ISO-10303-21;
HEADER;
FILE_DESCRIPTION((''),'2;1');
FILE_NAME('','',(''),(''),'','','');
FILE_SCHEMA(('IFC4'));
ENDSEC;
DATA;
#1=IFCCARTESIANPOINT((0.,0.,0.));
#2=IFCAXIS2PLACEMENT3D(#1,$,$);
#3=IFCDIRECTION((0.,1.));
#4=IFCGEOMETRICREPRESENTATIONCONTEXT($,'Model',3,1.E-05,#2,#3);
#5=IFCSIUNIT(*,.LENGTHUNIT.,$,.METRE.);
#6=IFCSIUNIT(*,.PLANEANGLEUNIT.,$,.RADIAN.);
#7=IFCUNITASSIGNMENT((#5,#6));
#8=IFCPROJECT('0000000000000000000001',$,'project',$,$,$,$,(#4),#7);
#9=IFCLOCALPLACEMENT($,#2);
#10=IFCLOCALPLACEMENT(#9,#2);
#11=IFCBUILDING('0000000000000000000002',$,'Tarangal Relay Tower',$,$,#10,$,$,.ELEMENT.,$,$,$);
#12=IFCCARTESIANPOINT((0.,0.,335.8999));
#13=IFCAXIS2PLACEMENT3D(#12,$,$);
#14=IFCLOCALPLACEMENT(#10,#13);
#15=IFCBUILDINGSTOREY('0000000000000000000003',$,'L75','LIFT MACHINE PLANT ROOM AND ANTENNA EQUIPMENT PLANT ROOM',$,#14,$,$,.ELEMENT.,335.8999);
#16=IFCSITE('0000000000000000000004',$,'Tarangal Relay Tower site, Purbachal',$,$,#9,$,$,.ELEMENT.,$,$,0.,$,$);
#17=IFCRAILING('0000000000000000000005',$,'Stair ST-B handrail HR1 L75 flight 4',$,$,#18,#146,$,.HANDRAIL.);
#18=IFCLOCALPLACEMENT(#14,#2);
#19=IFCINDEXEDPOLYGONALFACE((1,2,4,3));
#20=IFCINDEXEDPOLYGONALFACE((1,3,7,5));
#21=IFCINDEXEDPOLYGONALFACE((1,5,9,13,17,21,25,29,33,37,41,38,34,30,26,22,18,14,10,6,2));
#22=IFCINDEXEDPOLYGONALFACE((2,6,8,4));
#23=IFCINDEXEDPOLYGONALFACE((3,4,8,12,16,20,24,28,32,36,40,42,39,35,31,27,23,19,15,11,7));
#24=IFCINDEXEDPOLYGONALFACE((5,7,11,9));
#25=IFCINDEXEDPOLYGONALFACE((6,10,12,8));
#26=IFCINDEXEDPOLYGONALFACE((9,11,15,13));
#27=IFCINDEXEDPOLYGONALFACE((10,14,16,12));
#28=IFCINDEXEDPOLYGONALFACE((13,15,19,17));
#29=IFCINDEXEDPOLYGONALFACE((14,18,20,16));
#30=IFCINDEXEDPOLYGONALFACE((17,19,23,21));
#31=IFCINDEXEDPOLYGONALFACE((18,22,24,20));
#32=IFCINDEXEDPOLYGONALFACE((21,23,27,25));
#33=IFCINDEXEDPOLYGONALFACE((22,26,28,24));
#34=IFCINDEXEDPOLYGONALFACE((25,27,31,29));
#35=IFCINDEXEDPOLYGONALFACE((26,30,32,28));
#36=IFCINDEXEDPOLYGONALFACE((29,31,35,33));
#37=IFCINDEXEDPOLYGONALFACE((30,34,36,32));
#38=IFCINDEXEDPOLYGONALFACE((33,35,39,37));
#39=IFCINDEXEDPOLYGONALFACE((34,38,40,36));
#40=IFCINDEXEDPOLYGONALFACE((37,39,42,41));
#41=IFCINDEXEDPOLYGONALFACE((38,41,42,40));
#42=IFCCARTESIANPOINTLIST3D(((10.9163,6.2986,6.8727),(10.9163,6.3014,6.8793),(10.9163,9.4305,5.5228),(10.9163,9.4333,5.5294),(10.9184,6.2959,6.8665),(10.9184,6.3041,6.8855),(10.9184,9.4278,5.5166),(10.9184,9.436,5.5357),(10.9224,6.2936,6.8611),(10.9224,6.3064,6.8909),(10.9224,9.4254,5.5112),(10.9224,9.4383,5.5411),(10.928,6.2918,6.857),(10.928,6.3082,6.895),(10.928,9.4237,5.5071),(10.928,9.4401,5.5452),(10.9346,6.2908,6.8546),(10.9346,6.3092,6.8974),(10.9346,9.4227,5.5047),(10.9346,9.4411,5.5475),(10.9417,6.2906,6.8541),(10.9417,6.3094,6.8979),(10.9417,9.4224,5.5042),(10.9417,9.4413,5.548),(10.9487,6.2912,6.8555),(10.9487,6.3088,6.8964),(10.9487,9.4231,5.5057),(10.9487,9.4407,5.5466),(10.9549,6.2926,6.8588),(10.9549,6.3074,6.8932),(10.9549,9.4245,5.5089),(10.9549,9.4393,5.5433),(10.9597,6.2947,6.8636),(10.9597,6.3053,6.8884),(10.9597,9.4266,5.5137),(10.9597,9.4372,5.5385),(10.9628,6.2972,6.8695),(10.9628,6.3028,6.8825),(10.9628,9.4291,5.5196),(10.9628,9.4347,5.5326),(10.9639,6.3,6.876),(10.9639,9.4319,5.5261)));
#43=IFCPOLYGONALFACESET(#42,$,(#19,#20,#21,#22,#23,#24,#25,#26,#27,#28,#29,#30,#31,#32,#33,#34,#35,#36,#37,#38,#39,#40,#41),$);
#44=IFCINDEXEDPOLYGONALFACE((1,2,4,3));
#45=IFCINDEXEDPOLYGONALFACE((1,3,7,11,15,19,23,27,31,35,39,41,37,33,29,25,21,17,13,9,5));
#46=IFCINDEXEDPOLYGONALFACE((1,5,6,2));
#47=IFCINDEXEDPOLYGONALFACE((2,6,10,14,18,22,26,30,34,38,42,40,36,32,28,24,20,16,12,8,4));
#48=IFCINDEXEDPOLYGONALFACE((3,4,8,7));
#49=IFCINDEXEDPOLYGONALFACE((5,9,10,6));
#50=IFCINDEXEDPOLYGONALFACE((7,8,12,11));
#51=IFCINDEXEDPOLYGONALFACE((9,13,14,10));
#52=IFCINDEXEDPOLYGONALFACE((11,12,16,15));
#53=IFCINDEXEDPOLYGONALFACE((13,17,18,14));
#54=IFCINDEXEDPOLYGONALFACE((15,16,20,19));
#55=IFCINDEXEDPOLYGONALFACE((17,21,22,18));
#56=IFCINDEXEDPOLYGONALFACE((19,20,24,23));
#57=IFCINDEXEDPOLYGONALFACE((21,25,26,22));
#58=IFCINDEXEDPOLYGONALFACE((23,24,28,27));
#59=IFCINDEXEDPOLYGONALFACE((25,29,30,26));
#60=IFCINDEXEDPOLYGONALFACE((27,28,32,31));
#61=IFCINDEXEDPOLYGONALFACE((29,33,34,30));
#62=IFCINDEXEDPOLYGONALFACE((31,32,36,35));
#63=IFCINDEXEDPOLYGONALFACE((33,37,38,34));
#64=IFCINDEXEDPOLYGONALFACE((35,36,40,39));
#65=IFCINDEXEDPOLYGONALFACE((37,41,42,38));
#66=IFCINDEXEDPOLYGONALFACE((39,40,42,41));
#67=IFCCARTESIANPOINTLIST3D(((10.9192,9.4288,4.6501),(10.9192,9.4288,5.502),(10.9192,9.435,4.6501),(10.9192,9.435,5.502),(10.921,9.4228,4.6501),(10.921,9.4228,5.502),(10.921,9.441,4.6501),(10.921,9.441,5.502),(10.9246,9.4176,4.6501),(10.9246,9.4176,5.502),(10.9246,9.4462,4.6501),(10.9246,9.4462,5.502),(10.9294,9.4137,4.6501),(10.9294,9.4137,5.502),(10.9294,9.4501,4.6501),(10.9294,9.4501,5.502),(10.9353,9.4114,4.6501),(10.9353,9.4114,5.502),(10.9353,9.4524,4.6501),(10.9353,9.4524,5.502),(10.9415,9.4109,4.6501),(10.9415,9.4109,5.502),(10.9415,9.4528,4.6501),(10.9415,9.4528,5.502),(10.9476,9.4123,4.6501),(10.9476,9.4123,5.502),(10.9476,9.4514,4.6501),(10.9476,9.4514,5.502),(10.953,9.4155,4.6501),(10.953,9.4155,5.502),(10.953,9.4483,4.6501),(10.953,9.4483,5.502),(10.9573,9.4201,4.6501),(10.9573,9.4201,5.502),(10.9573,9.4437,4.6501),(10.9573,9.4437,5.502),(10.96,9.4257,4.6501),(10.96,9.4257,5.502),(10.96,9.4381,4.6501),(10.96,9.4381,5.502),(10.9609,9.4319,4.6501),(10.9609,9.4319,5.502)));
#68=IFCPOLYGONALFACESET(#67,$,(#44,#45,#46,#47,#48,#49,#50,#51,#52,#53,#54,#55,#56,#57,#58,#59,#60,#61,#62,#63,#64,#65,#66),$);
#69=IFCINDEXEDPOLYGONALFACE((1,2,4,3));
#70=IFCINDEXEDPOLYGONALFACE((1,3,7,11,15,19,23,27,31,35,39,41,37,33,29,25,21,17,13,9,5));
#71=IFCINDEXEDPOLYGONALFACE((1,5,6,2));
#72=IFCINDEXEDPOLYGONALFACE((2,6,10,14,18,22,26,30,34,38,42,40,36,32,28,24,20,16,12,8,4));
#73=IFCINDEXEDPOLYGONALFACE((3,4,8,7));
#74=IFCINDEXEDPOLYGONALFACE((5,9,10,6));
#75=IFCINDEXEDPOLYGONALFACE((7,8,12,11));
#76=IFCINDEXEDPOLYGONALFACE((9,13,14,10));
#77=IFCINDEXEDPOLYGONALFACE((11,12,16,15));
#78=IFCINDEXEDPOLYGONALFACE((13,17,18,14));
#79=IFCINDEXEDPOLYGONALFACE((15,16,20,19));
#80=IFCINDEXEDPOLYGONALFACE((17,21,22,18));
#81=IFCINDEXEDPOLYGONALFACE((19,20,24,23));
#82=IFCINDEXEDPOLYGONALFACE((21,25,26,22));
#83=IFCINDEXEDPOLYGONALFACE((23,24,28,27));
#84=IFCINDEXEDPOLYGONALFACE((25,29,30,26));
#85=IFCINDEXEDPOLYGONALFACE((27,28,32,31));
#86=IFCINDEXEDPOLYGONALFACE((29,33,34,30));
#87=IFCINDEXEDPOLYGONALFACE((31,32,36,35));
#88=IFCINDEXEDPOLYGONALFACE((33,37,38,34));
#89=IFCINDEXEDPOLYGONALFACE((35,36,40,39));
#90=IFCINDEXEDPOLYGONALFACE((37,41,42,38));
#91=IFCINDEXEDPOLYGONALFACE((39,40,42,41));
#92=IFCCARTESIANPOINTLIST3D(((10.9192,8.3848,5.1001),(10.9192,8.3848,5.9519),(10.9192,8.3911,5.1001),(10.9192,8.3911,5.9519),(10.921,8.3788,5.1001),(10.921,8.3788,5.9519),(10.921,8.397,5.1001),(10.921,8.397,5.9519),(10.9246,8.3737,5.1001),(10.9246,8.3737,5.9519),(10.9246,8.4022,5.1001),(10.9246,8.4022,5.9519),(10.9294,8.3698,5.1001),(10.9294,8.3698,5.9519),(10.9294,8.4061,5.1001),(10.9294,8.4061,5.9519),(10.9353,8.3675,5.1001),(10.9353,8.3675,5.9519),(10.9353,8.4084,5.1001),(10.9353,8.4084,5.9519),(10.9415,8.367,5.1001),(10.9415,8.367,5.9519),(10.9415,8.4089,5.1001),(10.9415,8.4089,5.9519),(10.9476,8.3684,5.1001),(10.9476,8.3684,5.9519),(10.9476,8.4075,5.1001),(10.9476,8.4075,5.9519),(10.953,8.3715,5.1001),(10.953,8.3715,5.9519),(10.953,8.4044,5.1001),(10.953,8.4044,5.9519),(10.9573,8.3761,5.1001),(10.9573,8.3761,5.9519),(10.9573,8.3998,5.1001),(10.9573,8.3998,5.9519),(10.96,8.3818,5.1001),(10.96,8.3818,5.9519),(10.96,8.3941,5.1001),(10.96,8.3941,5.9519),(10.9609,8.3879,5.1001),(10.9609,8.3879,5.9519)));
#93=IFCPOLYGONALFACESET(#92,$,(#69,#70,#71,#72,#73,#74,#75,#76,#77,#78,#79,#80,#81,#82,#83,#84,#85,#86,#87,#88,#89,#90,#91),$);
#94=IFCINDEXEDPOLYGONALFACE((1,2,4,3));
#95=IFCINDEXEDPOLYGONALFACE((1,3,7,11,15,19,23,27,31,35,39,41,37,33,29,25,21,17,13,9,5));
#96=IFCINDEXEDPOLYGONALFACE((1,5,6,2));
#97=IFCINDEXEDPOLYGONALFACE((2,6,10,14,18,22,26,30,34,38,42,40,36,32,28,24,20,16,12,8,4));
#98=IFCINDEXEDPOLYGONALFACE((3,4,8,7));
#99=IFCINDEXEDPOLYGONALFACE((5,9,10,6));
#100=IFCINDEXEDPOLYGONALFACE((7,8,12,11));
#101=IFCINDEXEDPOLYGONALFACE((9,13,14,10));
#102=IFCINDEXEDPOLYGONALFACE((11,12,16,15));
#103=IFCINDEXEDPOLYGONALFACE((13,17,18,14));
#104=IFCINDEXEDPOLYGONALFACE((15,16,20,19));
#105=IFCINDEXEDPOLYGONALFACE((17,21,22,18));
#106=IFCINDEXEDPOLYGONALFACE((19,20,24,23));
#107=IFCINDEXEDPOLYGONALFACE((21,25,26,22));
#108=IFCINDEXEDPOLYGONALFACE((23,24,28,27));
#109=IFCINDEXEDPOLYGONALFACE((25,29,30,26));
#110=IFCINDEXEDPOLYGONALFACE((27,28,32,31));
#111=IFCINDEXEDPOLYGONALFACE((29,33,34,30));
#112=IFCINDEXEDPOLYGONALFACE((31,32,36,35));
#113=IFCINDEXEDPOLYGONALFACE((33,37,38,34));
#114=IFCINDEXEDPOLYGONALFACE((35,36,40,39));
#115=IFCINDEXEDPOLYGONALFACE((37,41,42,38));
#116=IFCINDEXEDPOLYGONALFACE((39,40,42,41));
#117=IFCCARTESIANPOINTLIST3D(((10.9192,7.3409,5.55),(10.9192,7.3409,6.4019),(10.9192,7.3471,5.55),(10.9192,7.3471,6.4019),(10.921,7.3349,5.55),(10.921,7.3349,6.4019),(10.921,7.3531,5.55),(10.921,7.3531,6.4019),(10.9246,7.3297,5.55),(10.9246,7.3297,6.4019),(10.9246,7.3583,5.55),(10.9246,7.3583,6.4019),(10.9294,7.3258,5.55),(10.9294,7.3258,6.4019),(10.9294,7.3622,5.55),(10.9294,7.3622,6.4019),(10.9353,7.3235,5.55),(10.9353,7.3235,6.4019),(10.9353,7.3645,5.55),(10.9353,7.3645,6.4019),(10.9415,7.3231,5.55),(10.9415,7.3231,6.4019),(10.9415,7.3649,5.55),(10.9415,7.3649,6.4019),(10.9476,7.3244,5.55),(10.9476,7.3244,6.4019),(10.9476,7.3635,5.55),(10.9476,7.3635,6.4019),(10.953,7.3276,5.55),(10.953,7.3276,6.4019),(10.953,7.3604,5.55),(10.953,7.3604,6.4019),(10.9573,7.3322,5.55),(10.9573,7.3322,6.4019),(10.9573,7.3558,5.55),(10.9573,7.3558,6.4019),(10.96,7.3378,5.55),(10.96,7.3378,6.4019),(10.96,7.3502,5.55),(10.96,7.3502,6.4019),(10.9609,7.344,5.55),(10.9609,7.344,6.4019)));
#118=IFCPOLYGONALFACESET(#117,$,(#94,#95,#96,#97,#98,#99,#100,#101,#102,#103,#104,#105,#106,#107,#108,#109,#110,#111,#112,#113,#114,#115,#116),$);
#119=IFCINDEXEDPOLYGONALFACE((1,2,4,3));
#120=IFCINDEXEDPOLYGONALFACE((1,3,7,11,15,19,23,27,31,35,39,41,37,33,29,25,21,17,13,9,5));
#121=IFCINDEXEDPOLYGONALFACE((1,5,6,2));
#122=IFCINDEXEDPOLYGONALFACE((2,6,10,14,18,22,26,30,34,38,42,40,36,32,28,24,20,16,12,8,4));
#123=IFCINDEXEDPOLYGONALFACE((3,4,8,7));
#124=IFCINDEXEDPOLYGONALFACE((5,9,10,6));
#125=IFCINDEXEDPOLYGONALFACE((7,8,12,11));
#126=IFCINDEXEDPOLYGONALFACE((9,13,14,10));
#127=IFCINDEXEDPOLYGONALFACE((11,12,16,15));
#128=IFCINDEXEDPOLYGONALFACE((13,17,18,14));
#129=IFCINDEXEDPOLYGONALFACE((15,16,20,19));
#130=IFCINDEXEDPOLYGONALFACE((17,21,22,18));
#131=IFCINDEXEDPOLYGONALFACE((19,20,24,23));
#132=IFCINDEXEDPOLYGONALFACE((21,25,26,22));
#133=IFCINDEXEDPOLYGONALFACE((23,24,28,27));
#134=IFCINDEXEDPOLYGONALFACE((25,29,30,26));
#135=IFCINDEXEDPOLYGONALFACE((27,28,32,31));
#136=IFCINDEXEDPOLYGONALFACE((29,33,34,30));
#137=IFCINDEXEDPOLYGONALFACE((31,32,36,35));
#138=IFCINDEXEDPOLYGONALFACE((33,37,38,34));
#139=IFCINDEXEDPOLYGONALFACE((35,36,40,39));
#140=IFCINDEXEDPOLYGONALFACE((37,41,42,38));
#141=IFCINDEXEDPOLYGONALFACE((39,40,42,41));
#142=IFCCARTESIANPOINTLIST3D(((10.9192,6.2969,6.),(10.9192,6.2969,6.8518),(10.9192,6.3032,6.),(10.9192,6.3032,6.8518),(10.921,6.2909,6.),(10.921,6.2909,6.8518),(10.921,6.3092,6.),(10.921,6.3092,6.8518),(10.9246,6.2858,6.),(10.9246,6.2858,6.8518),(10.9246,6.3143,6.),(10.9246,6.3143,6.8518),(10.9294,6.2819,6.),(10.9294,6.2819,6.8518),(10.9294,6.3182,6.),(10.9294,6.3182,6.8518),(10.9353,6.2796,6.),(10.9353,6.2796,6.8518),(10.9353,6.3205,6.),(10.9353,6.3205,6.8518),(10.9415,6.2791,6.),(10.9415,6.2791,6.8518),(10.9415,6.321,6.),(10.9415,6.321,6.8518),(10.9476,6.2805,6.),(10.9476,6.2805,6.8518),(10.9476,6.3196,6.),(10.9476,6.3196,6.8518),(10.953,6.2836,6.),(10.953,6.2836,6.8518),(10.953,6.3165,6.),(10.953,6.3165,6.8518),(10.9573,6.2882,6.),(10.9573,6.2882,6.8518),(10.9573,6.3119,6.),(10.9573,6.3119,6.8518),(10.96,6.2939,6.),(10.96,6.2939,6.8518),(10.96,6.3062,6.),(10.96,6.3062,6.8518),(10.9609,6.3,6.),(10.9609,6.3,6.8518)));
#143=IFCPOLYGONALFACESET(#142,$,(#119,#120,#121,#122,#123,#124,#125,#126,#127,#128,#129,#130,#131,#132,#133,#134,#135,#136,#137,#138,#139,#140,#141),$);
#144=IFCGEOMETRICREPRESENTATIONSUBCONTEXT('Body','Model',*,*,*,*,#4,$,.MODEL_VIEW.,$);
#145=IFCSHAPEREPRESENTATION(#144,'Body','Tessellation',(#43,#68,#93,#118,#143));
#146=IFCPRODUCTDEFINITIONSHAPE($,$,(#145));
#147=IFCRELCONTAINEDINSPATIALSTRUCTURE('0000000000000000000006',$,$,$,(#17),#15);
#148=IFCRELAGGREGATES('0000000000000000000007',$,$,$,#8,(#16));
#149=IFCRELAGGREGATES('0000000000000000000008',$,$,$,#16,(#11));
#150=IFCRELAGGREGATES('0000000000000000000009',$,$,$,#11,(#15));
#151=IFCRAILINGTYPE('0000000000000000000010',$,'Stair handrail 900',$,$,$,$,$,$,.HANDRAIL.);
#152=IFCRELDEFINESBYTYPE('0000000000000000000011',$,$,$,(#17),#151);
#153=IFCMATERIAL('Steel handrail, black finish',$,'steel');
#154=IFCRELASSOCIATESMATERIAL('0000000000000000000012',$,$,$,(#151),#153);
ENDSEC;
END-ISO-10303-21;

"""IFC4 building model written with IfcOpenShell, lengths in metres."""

from ifc_helpers import new_model, si_unit, direction, frame, origin, origin_2d, place, context, subcontext, project, spatial, circle, extrude, material, type_object, element, save


model = new_model("IFC4")

# Units and contexts
model_context = context("Model", 3, precision=1e-05, world=origin(), true_north=direction((0.0, 1.0)))
body_context = subcontext(model_context, "Body", "Model", "MODEL_VIEW")
ifc_project = project(units=[si_unit("LENGTHUNIT", "METRE"), si_unit("PLANEANGLEUNIT", "RADIAN")], contexts=[model_context])

# Site, building, storey
site_placement = place(None, origin())
site = spatial("IfcSite", under=ifc_project, at=site_placement, Name="Tarangal Relay Tower site, Purbachal", CompositionType="ELEMENT", RefElevation=0.0)
building_placement = place(site_placement, origin())
building = spatial("IfcBuilding", under=site, at=building_placement, Name="Tarangal Relay Tower", CompositionType="ELEMENT")
storey_placement = place(building_placement, frame((0.0, 0.0, 335.8999)))
storey = spatial("IfcBuildingStorey", under=building, at=storey_placement, Name="L75", Description="LIFT MACHINE PLANT ROOM AND ANTENNA EQUIPMENT PLANT ROOM", CompositionType="ELEMENT", Elevation=335.8999)

# Railing
ifc_material_1 = material(Name="Steel handrail, black finish", Category="steel")
railing_type_1 = type_object("IfcRailingType", Name="Stair handrail 900", PredefinedType="HANDRAIL", material=ifc_material_1)
for number, where, name in (
    (1, (10.9399, 9.4319, 4.6501), "Stair ST-B handrail HR1 L75 flight 4"),
):
    element("IfcRailing", number, at=place(storey_placement, frame(where)), inside=storey, type_object=railing_type_1, Name=name, PredefinedType="HANDRAIL", context=body_context, shape_type="SweptSolid", body=[
        extrude(circle(Radius=0.0239, at=origin_2d()), frame((0.0, 0.0, 0.876), z_axis=(0.0, -0.918332, 0.395811), x_axis=(1.0, 0.0, 0.0)), (0.0, 0.0, 1.0), 3.4104),
        extrude(circle(Radius=0.021, at=origin_2d()), origin(), (0.0, 0.0, 1.0), 0.8518),
        extrude(circle(Radius=0.021, at=origin_2d()), frame((0.0, -1.0439, 0.45)), (0.0, 0.0, 1.0), 0.8518),
        extrude(circle(Radius=0.021, at=origin_2d()), frame((0.0, -2.0879, 0.8999)), (0.0, 0.0, 1.0), 0.8518),
        extrude(circle(Radius=0.021, at=origin_2d()), frame((0.0, -3.1318, 1.3499)), (0.0, 0.0, 1.0), 0.8518),
    ])

save(model, "model.ifc")
